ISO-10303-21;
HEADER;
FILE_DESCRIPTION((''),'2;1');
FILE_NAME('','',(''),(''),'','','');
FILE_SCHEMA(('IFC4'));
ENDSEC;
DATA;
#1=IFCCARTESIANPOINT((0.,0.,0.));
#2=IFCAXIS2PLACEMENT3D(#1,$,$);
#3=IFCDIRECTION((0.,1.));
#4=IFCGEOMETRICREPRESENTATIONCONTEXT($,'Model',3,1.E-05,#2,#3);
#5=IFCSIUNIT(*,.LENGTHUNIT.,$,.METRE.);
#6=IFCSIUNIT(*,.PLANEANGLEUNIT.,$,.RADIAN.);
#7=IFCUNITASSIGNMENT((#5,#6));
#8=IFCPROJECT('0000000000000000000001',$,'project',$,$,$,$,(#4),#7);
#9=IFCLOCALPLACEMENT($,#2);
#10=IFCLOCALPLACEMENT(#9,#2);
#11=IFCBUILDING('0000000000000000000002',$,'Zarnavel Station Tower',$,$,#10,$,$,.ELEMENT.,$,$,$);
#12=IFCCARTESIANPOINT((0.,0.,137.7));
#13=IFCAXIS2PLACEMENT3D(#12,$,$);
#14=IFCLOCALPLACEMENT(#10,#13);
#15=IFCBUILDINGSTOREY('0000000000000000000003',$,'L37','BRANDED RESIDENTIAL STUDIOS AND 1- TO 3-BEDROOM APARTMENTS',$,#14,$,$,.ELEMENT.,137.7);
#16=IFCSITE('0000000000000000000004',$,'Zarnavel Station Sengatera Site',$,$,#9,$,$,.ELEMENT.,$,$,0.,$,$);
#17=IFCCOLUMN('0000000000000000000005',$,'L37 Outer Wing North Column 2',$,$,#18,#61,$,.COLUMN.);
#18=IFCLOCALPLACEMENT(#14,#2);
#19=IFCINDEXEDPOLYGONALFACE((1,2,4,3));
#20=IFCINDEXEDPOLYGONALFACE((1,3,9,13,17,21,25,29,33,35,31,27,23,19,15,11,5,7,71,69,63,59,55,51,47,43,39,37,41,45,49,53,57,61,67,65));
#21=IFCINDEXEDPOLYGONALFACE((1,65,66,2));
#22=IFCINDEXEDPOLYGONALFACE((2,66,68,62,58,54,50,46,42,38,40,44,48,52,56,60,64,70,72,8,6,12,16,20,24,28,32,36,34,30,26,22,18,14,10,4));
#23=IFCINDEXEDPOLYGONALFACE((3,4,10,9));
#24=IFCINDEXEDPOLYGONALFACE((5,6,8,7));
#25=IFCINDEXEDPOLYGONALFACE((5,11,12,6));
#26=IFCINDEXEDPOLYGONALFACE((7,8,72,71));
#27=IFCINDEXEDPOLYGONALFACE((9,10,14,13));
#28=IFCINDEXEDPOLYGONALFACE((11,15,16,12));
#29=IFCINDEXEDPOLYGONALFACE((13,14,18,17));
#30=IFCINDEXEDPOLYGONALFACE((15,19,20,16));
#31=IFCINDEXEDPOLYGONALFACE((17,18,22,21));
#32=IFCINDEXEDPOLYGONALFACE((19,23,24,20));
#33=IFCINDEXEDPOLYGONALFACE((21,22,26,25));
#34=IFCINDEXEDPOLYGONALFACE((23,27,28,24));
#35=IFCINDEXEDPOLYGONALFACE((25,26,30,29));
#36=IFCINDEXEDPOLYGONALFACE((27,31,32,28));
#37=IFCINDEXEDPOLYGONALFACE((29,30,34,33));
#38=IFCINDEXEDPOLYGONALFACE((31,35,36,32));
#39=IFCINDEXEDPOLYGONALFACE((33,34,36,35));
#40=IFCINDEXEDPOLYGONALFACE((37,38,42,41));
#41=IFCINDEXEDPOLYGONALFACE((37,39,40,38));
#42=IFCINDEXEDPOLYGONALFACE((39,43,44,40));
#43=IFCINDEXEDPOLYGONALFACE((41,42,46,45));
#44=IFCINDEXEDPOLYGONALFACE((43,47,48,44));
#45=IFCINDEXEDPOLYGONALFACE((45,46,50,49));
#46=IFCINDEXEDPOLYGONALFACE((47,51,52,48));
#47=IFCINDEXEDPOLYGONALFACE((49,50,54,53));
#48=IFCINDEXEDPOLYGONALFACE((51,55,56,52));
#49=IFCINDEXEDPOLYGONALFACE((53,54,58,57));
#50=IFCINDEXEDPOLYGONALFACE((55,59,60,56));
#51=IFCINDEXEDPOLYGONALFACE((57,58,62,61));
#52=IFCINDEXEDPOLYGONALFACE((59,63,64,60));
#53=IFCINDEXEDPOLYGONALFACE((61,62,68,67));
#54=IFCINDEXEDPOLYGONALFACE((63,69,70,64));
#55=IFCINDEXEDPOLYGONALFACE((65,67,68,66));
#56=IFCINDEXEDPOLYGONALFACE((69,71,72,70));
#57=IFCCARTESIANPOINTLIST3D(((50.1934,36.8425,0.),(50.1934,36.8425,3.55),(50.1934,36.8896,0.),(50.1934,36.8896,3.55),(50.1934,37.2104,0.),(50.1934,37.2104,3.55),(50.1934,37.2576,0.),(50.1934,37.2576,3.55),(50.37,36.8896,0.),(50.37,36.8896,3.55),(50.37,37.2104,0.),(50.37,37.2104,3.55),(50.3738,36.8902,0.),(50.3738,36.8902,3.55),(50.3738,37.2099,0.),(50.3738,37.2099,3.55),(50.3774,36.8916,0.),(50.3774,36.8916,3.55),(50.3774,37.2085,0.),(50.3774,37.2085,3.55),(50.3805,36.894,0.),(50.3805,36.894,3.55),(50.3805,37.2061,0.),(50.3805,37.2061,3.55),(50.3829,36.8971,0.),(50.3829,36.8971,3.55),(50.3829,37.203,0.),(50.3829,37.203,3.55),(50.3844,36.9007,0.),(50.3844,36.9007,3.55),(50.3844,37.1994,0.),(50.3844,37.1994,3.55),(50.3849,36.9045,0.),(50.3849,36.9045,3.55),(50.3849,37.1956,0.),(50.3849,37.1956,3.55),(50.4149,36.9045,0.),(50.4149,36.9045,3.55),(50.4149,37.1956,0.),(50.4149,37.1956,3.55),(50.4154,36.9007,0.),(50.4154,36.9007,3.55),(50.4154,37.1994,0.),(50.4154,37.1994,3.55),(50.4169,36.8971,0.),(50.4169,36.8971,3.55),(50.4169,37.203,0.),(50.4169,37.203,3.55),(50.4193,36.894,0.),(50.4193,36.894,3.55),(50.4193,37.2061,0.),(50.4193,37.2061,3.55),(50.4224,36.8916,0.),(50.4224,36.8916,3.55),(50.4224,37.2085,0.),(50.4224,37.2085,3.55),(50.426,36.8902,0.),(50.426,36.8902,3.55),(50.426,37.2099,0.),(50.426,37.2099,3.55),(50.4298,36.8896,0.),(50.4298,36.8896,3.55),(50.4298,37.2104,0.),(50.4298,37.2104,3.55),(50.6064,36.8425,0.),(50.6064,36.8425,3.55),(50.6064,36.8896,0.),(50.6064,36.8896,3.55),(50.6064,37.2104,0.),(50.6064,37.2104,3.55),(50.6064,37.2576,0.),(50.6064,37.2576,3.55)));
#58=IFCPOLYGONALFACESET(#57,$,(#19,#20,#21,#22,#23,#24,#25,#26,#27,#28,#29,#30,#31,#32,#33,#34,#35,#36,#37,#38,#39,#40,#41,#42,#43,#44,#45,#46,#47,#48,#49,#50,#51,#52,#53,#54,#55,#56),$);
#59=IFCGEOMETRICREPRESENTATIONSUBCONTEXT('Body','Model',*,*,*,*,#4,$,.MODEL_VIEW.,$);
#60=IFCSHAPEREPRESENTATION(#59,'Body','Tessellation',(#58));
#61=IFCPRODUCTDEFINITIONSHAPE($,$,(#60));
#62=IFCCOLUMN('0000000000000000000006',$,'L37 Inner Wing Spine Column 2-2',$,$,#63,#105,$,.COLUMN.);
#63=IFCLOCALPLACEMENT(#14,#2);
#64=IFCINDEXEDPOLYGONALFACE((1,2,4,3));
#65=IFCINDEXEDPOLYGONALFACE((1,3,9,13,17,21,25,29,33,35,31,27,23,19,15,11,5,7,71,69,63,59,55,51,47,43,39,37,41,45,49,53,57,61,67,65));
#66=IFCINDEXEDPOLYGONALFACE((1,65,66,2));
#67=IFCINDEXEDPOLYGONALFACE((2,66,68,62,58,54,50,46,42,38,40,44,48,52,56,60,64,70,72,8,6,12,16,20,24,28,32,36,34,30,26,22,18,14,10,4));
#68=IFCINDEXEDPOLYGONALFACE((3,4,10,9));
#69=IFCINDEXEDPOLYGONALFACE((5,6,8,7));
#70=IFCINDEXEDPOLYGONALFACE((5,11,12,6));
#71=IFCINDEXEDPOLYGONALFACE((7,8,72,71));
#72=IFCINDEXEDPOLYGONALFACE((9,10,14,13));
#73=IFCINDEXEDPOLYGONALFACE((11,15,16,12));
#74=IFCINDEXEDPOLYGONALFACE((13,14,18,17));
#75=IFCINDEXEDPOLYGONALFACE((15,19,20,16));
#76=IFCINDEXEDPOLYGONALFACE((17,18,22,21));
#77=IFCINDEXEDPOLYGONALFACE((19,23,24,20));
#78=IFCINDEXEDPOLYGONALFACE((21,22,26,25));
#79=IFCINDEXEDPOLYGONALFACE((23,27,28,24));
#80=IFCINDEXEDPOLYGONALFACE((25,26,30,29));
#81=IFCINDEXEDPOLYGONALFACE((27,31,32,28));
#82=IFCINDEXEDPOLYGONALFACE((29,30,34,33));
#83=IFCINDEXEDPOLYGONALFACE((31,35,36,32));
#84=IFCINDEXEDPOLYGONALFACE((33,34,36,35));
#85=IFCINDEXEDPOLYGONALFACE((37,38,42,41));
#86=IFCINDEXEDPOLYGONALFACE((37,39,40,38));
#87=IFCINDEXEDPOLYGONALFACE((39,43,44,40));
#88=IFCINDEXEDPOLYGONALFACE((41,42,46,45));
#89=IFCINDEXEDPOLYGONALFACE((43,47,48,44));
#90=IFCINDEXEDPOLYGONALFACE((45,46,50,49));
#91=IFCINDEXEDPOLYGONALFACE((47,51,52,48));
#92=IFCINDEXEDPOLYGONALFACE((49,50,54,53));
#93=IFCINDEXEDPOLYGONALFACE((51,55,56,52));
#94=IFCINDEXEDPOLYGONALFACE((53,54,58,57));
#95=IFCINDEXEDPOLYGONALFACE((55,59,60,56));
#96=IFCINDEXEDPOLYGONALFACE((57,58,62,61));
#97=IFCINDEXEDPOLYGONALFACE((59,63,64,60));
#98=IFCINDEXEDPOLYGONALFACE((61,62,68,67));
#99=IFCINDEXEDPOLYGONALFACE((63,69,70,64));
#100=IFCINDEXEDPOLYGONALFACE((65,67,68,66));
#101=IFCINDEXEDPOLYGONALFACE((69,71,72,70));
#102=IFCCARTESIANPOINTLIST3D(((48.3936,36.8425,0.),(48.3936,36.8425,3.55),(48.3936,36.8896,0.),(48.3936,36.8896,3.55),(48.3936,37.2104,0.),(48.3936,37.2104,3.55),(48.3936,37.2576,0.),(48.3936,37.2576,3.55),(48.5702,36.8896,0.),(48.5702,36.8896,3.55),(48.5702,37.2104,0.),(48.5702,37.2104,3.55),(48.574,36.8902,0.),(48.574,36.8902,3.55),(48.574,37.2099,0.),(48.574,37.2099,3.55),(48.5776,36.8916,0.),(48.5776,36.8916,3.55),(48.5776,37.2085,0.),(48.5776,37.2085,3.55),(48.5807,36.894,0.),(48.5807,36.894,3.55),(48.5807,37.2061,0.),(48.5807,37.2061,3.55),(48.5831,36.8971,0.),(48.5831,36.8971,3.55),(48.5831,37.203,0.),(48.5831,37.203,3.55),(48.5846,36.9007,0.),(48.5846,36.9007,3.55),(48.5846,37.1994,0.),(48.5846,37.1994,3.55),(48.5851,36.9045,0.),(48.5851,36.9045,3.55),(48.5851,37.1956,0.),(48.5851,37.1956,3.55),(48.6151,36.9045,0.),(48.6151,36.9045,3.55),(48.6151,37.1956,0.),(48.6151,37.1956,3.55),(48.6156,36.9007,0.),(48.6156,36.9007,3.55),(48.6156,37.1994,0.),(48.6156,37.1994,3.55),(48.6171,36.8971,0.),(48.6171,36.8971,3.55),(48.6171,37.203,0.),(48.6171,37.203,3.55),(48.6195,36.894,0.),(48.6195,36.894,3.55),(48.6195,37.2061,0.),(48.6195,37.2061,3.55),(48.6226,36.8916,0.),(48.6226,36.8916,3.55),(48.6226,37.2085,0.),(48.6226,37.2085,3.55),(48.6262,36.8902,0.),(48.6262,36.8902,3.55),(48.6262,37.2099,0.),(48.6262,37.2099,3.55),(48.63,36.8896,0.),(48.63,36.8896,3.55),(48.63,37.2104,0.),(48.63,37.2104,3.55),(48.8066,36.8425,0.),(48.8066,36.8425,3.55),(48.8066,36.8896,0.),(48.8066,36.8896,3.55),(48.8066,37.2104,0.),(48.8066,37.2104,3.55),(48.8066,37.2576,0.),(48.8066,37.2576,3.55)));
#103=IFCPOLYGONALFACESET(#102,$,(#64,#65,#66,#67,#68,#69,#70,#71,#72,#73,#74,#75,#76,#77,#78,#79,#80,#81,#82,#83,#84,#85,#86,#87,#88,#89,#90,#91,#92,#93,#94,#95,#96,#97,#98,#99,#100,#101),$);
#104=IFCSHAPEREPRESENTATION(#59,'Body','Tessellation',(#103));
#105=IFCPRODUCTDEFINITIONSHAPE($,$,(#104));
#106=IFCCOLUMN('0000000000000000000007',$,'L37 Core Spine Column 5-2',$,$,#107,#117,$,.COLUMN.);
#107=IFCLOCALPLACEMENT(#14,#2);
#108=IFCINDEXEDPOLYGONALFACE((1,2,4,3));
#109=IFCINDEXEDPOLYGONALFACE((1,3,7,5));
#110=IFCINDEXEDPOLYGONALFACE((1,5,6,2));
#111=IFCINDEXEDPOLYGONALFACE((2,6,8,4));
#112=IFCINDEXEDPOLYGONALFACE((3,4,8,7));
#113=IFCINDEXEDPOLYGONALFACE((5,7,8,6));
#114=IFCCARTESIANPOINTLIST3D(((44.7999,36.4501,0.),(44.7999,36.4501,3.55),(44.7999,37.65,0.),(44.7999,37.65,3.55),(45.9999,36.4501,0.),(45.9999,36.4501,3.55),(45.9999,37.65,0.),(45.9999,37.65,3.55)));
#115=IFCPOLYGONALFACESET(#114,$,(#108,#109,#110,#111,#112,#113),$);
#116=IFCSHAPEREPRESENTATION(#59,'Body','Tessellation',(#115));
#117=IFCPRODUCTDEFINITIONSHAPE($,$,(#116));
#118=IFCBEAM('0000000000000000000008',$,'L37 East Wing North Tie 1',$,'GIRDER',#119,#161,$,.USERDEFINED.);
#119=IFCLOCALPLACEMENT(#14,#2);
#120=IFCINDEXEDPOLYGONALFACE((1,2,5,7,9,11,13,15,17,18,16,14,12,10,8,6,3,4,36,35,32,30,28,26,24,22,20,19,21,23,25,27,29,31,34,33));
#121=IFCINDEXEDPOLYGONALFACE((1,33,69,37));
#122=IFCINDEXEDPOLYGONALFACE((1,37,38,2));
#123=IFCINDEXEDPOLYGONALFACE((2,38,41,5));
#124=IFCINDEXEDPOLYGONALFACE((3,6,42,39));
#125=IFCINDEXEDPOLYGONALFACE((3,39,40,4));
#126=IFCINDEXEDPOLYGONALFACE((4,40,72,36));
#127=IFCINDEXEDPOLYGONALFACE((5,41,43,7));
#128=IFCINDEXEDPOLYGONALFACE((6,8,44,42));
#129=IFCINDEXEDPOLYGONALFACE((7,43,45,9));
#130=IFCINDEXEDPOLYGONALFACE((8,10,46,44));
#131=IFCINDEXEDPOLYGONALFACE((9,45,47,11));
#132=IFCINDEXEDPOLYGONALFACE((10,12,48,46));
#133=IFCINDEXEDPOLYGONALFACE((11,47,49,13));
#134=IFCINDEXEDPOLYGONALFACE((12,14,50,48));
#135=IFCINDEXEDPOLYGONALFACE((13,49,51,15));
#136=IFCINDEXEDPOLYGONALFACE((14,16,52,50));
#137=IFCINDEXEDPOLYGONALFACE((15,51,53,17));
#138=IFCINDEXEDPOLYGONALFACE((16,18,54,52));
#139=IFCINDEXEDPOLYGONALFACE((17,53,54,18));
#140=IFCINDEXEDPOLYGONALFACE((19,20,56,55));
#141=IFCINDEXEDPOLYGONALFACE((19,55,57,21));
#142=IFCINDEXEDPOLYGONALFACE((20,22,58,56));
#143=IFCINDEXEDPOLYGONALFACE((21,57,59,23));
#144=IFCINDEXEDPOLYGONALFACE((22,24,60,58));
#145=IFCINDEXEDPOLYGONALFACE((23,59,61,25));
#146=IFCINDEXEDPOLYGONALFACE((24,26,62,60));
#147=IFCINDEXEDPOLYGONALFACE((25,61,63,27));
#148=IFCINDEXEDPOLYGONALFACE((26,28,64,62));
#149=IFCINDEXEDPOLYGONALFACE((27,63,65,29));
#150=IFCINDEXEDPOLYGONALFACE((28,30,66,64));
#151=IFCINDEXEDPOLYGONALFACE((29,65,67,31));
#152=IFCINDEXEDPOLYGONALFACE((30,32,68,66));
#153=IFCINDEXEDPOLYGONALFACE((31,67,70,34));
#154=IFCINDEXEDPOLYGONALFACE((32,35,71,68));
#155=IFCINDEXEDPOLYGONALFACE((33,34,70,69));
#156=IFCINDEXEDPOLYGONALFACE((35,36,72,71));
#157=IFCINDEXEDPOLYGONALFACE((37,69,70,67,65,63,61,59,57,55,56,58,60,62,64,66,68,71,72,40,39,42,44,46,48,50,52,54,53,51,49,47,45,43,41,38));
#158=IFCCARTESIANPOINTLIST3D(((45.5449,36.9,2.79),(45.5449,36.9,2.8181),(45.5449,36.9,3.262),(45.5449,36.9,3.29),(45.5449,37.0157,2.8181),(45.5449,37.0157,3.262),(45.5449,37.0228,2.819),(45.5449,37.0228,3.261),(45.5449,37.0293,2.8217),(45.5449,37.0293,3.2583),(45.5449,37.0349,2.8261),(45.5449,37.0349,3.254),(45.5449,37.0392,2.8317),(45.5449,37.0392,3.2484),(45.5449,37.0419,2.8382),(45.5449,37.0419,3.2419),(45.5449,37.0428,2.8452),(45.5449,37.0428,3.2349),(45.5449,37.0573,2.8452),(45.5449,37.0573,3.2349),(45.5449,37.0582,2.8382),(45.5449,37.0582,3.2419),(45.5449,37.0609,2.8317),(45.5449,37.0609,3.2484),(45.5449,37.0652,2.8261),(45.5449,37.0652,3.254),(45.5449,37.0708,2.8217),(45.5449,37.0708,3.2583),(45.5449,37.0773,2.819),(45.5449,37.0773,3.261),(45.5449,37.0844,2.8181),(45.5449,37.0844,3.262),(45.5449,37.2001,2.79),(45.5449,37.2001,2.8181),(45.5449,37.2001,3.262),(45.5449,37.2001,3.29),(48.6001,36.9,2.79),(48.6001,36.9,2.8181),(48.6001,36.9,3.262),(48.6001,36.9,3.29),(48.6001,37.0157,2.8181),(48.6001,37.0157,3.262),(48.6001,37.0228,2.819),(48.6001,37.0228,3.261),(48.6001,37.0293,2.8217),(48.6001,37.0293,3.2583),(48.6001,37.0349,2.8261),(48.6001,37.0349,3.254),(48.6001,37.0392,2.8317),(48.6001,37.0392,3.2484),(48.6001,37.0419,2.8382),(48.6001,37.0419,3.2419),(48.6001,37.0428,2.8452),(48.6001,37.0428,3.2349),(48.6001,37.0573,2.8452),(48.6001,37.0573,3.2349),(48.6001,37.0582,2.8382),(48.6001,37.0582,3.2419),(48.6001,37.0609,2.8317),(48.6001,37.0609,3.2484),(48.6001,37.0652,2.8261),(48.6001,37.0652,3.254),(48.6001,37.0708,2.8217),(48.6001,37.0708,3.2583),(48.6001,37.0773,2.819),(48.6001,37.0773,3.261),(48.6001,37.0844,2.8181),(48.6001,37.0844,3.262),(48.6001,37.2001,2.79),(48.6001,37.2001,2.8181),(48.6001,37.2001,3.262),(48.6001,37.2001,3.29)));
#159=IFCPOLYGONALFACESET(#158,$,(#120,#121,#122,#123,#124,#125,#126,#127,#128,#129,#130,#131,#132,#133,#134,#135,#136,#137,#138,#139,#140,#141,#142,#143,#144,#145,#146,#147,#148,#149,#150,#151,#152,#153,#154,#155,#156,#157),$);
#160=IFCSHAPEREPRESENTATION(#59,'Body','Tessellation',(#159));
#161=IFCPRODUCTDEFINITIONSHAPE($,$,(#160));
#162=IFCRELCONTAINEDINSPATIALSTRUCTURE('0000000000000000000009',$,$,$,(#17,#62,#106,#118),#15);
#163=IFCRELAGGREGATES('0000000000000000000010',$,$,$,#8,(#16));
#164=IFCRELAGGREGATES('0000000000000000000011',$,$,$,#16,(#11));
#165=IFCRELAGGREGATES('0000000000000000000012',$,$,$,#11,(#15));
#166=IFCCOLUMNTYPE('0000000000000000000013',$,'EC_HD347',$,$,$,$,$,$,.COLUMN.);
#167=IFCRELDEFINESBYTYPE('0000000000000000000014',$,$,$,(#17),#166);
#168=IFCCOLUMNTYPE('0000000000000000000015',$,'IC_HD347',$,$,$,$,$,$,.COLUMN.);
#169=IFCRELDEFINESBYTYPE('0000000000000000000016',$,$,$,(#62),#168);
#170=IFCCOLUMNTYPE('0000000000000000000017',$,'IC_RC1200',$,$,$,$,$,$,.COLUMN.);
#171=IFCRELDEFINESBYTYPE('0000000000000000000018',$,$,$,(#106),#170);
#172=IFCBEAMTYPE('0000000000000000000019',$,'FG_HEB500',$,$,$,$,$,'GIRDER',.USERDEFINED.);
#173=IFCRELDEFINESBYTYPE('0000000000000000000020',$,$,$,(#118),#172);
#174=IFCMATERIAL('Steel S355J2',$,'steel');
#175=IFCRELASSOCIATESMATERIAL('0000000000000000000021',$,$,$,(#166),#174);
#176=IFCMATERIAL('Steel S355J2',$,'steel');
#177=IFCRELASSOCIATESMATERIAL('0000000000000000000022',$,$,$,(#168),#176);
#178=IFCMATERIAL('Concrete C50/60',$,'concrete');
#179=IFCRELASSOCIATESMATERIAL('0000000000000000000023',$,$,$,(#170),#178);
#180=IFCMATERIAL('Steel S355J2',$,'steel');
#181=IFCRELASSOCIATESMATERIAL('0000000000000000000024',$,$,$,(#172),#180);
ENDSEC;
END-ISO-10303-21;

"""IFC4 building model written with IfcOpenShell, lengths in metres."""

from ifc_helpers import new_model, si_unit, direction, frame, origin, origin_2d, place, context, subcontext, project, spatial, rectangle, i_section, extrude, material, material_profile, profile_set, type_object, element, save


model = new_model("IFC4")

# Units and contexts
model_context = context("Model", 3, precision=1e-05, world=origin(), true_north=direction((0.0, 1.0)))
body_context = subcontext(model_context, "Body", "Model", "MODEL_VIEW")
ifc_project = project(units=[si_unit("LENGTHUNIT", "METRE"), si_unit("PLANEANGLEUNIT", "RADIAN")], contexts=[model_context])

# Site, building, storey
site_placement = place(None, origin())
site = spatial("IfcSite", under=ifc_project, at=site_placement, Name="Zarnavel Station Sengatera Site", CompositionType="ELEMENT", RefElevation=0.0)
building_placement = place(site_placement, origin())
building = spatial("IfcBuilding", under=site, at=building_placement, Name="Zarnavel Station Tower", CompositionType="ELEMENT")
storey_placement = place(building_placement, frame((0.0, 0.0, 137.7)))
storey = spatial("IfcBuildingStorey", under=building, at=storey_placement, Name="L37", Description="BRANDED RESIDENTIAL STUDIOS AND 1- TO 3-BEDROOM APARTMENTS", CompositionType="ELEMENT", Elevation=137.7)

# Columns
ifc_material_1 = material(Name="Steel S355J2", Category="steel")
ifc_material_profile_1 = material_profile(ifc_material_1, i_section(OverallWidth=0.4131, OverallDepth=0.415, WebThickness=0.03, FlangeThickness=0.0471, FilletRadius=0.0149, at=origin_2d()), Name="HD400x347")
ifc_profile_set_1 = profile_set([ifc_material_profile_1], Name="Steel S355J2")
column_type_1 = type_object("IfcColumnType", Name="EC_HD347", PredefinedType="COLUMN", material=ifc_profile_set_1)
column_1_placement = place(storey_placement, frame((50.3999, 37.05, 0.0), z_axis=(0.0, 0.0, 1.0), x_axis=(1.0, 0.0, 0.0)))
element("IfcColumn", 1, at=column_1_placement, inside=storey, type_object=column_type_1, Name="L37 Outer Wing North Column 2", PredefinedType="COLUMN", context=body_context, shape_type="SweptSolid", body=[
    extrude(i_section(OverallWidth=0.4131, OverallDepth=0.415, WebThickness=0.03, FlangeThickness=0.0471, FilletRadius=0.0149, at=origin_2d()), origin(), (0.0, 0.0, 1.0), 3.55),
])
ifc_material_2 = material(Name="Steel S355J2", Category="steel")
ifc_material_profile_2 = material_profile(ifc_material_2, i_section(OverallWidth=0.4131, OverallDepth=0.415, WebThickness=0.03, FlangeThickness=0.0471, FilletRadius=0.0149, at=origin_2d()), Name="HD400x347")
ifc_profile_set_2 = profile_set([ifc_material_profile_2], Name="Steel S355J2")
column_type_2 = type_object("IfcColumnType", Name="IC_HD347", PredefinedType="COLUMN", material=ifc_profile_set_2)
column_2_placement = place(storey_placement, frame((48.6001, 37.05, 0.0), z_axis=(0.0, 0.0, 1.0), x_axis=(1.0, 0.0, 0.0)))
element("IfcColumn", 2, at=column_2_placement, inside=storey, type_object=column_type_2, Name="L37 Inner Wing Spine Column 2-2", PredefinedType="COLUMN", context=body_context, shape_type="SweptSolid", body=[
    extrude(i_section(OverallWidth=0.4131, OverallDepth=0.415, WebThickness=0.03, FlangeThickness=0.0471, FilletRadius=0.0149, at=origin_2d()), origin(), (0.0, 0.0, 1.0), 3.55),
])
ifc_material_3 = material(Name="Concrete C50/60", Category="concrete")
ifc_material_profile_3 = material_profile(ifc_material_3, rectangle(XDim=1.2, YDim=1.2, at=origin_2d()), Name="RC1200x1200")
ifc_profile_set_3 = profile_set([ifc_material_profile_3], Name="Concrete C50/60")
column_type_3 = type_object("IfcColumnType", Name="IC_RC1200", PredefinedType="COLUMN", material=ifc_profile_set_3)
column_3_placement = place(storey_placement, frame((45.3999, 37.05, 0.0), z_axis=(0.0, 0.0, 1.0), x_axis=(1.0, 0.0, 0.0)))
element("IfcColumn", 3, at=column_3_placement, inside=storey, type_object=column_type_3, Name="L37 Core Spine Column 5-2", PredefinedType="COLUMN", context=body_context, shape_type="SweptSolid", body=[
    extrude(rectangle(XDim=1.2, YDim=1.2, at=origin_2d()), origin(), (0.0, 0.0, 1.0), 3.55),
])

# Beam
ifc_material_4 = material(Name="Steel S355J2", Category="steel")
ifc_material_profile_4 = material_profile(ifc_material_4, i_section(OverallWidth=0.3, OverallDepth=0.5, WebThickness=0.0144, FlangeThickness=0.0281, FilletRadius=0.0271, at=origin_2d()), Name="HEB500")
ifc_profile_set_4 = profile_set([ifc_material_profile_4], Name="Steel S355J2")
beam_type = type_object("IfcBeamType", Name="FG_HEB500", ElementType="GIRDER", PredefinedType="USERDEFINED", material=ifc_profile_set_4)
beam_1_placement = place(storey_placement, frame((45.5449, 37.05, 3.04), z_axis=(1.0, 0.0, 0.0), x_axis=(0.0, 1.0, 0.0)))
element("IfcBeam", 4, at=beam_1_placement, inside=storey, type_object=beam_type, Name="L37 East Wing North Tie 1", ObjectType="GIRDER", PredefinedType="USERDEFINED", context=body_context, shape_type="SweptSolid", body=[
    extrude(i_section(OverallWidth=0.3, OverallDepth=0.5, WebThickness=0.0144, FlangeThickness=0.0281, FilletRadius=0.0271, at=origin_2d()), origin(), (0.0, 0.0, 1.0), 3.0552),
])

save(model, "model.ifc")
